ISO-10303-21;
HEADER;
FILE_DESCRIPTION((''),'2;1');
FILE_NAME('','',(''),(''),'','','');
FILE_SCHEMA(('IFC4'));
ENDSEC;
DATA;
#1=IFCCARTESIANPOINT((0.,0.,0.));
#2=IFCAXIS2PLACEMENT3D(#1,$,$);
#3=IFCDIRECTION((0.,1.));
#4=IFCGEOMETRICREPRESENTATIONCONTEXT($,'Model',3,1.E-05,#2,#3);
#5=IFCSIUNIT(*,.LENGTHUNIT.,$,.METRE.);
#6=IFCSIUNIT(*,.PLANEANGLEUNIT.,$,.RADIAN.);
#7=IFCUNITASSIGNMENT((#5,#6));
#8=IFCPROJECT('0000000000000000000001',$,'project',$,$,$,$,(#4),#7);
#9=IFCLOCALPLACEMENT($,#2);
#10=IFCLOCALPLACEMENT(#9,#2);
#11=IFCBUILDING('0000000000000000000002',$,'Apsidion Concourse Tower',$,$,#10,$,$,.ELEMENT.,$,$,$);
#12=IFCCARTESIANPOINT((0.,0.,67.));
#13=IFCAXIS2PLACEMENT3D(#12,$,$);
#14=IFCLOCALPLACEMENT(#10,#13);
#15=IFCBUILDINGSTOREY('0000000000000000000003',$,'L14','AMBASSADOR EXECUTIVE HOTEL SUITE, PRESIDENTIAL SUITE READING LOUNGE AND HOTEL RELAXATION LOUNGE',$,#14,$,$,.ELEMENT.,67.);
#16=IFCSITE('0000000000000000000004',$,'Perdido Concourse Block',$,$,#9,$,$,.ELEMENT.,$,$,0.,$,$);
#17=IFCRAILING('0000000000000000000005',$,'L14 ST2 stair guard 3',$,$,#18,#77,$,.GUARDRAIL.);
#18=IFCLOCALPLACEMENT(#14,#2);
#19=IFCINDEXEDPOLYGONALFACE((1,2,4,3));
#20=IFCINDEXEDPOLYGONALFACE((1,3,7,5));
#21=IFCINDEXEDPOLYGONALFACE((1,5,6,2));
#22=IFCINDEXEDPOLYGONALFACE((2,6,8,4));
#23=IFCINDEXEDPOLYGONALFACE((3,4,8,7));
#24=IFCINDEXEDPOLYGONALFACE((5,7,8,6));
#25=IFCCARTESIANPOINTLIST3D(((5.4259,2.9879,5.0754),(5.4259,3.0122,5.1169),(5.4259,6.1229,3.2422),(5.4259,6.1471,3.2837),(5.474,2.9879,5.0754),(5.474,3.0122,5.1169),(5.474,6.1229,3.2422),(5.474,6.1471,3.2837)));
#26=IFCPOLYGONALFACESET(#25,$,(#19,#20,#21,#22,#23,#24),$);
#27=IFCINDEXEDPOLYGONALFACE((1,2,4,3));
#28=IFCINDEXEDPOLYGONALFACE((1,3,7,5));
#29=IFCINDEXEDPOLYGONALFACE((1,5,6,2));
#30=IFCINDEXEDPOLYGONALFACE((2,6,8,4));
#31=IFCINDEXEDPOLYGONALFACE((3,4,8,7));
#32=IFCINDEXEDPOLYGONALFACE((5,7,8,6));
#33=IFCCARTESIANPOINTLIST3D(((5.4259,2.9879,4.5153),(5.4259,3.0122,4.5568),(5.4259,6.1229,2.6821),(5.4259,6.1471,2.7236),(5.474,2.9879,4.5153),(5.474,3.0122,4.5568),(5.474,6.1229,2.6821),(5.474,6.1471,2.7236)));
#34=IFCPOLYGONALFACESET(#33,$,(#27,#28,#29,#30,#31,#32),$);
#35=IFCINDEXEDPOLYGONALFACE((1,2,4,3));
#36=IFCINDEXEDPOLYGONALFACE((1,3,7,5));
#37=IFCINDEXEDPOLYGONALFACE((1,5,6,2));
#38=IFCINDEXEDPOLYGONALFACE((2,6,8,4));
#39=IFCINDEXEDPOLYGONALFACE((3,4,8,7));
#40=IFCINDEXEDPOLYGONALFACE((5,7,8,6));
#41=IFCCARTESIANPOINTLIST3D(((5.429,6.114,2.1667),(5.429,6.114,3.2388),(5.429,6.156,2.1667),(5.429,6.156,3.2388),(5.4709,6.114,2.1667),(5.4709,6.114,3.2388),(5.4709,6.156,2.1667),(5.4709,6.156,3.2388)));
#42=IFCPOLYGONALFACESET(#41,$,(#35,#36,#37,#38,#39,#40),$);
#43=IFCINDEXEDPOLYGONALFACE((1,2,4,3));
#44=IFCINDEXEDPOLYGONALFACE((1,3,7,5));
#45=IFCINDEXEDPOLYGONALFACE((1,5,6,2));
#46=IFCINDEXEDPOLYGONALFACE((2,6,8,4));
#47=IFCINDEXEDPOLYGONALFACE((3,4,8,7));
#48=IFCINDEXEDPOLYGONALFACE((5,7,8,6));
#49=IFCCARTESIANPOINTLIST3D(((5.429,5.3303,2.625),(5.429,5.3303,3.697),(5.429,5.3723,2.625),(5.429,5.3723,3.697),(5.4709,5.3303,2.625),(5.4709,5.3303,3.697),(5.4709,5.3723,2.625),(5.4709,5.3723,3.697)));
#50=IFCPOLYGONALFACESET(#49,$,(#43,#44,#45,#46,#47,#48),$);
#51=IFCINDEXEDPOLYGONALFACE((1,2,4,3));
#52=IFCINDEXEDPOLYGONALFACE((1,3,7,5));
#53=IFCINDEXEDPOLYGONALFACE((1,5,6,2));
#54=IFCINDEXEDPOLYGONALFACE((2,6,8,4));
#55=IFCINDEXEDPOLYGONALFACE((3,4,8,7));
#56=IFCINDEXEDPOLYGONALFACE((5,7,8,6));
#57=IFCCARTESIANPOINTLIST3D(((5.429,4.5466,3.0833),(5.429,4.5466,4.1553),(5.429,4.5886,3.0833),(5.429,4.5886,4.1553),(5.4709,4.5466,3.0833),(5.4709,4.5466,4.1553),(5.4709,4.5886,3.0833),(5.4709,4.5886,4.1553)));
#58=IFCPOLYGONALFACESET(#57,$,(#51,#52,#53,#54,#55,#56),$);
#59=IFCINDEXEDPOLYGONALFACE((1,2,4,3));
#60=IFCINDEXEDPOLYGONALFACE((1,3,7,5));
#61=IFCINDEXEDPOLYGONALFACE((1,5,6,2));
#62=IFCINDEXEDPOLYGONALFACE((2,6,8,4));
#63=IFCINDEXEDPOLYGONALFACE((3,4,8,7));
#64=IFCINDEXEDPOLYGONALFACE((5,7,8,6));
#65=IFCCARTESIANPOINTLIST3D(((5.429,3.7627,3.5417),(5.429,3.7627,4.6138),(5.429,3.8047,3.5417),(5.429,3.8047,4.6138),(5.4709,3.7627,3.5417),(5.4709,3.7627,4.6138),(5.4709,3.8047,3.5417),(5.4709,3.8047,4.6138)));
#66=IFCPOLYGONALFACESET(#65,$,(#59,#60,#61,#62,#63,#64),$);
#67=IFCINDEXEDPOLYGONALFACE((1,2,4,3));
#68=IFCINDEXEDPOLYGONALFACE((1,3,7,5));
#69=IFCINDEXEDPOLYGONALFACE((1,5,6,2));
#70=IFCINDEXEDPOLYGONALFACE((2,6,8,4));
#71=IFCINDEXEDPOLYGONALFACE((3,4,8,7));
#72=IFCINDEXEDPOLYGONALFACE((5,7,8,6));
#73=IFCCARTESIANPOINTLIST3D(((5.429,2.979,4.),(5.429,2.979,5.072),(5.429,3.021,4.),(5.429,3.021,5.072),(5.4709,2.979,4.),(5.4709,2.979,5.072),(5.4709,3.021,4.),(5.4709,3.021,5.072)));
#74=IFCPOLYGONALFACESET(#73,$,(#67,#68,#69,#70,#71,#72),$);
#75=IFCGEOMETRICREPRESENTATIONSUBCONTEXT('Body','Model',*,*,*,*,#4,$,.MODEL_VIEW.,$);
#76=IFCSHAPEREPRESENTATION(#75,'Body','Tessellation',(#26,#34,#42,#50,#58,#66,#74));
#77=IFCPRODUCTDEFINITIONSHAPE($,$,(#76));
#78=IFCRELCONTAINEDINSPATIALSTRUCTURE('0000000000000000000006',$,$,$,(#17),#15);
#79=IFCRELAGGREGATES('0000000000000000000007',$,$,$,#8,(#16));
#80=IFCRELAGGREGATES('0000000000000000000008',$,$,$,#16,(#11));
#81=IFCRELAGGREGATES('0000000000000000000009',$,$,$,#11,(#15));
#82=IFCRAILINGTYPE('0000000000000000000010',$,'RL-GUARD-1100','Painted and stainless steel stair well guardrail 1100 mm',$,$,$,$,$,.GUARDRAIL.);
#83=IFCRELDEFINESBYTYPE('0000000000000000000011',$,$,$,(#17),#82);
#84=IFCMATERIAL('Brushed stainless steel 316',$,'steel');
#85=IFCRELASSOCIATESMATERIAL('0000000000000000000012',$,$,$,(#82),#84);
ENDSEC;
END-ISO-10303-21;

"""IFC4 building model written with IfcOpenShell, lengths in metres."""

from ifc_helpers import new_model, si_unit, direction, frame, origin, origin_2d, place, context, subcontext, project, spatial, rectangle, extrude, material, type_object, element, save


model = new_model("IFC4")

# Units and contexts
model_context = context("Model", 3, precision=1e-05, world=origin(), true_north=direction((0.0, 1.0)))
body_context = subcontext(model_context, "Body", "Model", "MODEL_VIEW")
ifc_project = project(units=[si_unit("LENGTHUNIT", "METRE"), si_unit("PLANEANGLEUNIT", "RADIAN")], contexts=[model_context])

# Site, building, storey
site_placement = place(None, origin())
site = spatial("IfcSite", under=ifc_project, at=site_placement, Name="Perdido Concourse Block", CompositionType="ELEMENT", RefElevation=0.0)
building_placement = place(site_placement, origin())
building = spatial("IfcBuilding", under=site, at=building_placement, Name="Apsidion Concourse Tower", CompositionType="ELEMENT")
storey_placement = place(building_placement, frame((0.0, 0.0, 67.0)))
storey = spatial("IfcBuildingStorey", under=building, at=storey_placement, Name="L14", Description="AMBASSADOR EXECUTIVE HOTEL SUITE, PRESIDENTIAL SUITE READING LOUNGE AND HOTEL RELAXATION LOUNGE", CompositionType="ELEMENT", Elevation=67.0)

# Shared definitions
ifc_material_1 = material(Name="Brushed stainless steel 316", Category="steel")

# Railing
railing_type_1 = type_object("IfcRailingType", Name="RL-GUARD-1100", Description="Painted and stainless steel stair well guardrail 1100 mm", PredefinedType="GUARDRAIL", material=ifc_material_1)
railing_1_placement = place(storey_placement, frame((5.45, 6.135, 2.1667)))
element("IfcRailing", 1, at=railing_1_placement, inside=storey, type_object=railing_type_1, Name="L14 ST2 stair guard 3", PredefinedType="GUARDRAIL", context=body_context, shape_type="SweptSolid", body=[
    extrude(rectangle(XDim=0.0481, YDim=0.0481, at=origin_2d()), frame((0.0, 0.0, 1.0962), z_axis=(0.0, -0.86324, 0.504794), x_axis=(1.0, 0.0, 0.0)), (0.0, 0.0, 1.0), 3.6316),
    extrude(rectangle(XDim=0.0481, YDim=0.0481, at=origin_2d()), frame((0.0, 0.0, 0.5361), z_axis=(0.0, -0.86324, 0.504794), x_axis=(1.0, 0.0, 0.0)), (0.0, 0.0, 1.0), 3.6316),
    extrude(rectangle(XDim=0.042, YDim=0.042, at=origin_2d()), origin(), (0.0, 0.0, 1.0), 1.072),
    extrude(rectangle(XDim=0.042, YDim=0.042, at=origin_2d()), frame((0.0, -0.7837, 0.4583)), (0.0, 0.0, 1.0), 1.072),
    extrude(rectangle(XDim=0.042, YDim=0.042, at=origin_2d()), frame((0.0, -1.5674, 0.9165)), (0.0, 0.0, 1.0), 1.072),
    extrude(rectangle(XDim=0.042, YDim=0.042, at=origin_2d()), frame((0.0, -2.3513, 1.375)), (0.0, 0.0, 1.0), 1.072),
    extrude(rectangle(XDim=0.042, YDim=0.042, at=origin_2d()), frame((0.0, -3.135, 1.8333)), (0.0, 0.0, 1.0), 1.072),
])

save(model, "model.ifc")
